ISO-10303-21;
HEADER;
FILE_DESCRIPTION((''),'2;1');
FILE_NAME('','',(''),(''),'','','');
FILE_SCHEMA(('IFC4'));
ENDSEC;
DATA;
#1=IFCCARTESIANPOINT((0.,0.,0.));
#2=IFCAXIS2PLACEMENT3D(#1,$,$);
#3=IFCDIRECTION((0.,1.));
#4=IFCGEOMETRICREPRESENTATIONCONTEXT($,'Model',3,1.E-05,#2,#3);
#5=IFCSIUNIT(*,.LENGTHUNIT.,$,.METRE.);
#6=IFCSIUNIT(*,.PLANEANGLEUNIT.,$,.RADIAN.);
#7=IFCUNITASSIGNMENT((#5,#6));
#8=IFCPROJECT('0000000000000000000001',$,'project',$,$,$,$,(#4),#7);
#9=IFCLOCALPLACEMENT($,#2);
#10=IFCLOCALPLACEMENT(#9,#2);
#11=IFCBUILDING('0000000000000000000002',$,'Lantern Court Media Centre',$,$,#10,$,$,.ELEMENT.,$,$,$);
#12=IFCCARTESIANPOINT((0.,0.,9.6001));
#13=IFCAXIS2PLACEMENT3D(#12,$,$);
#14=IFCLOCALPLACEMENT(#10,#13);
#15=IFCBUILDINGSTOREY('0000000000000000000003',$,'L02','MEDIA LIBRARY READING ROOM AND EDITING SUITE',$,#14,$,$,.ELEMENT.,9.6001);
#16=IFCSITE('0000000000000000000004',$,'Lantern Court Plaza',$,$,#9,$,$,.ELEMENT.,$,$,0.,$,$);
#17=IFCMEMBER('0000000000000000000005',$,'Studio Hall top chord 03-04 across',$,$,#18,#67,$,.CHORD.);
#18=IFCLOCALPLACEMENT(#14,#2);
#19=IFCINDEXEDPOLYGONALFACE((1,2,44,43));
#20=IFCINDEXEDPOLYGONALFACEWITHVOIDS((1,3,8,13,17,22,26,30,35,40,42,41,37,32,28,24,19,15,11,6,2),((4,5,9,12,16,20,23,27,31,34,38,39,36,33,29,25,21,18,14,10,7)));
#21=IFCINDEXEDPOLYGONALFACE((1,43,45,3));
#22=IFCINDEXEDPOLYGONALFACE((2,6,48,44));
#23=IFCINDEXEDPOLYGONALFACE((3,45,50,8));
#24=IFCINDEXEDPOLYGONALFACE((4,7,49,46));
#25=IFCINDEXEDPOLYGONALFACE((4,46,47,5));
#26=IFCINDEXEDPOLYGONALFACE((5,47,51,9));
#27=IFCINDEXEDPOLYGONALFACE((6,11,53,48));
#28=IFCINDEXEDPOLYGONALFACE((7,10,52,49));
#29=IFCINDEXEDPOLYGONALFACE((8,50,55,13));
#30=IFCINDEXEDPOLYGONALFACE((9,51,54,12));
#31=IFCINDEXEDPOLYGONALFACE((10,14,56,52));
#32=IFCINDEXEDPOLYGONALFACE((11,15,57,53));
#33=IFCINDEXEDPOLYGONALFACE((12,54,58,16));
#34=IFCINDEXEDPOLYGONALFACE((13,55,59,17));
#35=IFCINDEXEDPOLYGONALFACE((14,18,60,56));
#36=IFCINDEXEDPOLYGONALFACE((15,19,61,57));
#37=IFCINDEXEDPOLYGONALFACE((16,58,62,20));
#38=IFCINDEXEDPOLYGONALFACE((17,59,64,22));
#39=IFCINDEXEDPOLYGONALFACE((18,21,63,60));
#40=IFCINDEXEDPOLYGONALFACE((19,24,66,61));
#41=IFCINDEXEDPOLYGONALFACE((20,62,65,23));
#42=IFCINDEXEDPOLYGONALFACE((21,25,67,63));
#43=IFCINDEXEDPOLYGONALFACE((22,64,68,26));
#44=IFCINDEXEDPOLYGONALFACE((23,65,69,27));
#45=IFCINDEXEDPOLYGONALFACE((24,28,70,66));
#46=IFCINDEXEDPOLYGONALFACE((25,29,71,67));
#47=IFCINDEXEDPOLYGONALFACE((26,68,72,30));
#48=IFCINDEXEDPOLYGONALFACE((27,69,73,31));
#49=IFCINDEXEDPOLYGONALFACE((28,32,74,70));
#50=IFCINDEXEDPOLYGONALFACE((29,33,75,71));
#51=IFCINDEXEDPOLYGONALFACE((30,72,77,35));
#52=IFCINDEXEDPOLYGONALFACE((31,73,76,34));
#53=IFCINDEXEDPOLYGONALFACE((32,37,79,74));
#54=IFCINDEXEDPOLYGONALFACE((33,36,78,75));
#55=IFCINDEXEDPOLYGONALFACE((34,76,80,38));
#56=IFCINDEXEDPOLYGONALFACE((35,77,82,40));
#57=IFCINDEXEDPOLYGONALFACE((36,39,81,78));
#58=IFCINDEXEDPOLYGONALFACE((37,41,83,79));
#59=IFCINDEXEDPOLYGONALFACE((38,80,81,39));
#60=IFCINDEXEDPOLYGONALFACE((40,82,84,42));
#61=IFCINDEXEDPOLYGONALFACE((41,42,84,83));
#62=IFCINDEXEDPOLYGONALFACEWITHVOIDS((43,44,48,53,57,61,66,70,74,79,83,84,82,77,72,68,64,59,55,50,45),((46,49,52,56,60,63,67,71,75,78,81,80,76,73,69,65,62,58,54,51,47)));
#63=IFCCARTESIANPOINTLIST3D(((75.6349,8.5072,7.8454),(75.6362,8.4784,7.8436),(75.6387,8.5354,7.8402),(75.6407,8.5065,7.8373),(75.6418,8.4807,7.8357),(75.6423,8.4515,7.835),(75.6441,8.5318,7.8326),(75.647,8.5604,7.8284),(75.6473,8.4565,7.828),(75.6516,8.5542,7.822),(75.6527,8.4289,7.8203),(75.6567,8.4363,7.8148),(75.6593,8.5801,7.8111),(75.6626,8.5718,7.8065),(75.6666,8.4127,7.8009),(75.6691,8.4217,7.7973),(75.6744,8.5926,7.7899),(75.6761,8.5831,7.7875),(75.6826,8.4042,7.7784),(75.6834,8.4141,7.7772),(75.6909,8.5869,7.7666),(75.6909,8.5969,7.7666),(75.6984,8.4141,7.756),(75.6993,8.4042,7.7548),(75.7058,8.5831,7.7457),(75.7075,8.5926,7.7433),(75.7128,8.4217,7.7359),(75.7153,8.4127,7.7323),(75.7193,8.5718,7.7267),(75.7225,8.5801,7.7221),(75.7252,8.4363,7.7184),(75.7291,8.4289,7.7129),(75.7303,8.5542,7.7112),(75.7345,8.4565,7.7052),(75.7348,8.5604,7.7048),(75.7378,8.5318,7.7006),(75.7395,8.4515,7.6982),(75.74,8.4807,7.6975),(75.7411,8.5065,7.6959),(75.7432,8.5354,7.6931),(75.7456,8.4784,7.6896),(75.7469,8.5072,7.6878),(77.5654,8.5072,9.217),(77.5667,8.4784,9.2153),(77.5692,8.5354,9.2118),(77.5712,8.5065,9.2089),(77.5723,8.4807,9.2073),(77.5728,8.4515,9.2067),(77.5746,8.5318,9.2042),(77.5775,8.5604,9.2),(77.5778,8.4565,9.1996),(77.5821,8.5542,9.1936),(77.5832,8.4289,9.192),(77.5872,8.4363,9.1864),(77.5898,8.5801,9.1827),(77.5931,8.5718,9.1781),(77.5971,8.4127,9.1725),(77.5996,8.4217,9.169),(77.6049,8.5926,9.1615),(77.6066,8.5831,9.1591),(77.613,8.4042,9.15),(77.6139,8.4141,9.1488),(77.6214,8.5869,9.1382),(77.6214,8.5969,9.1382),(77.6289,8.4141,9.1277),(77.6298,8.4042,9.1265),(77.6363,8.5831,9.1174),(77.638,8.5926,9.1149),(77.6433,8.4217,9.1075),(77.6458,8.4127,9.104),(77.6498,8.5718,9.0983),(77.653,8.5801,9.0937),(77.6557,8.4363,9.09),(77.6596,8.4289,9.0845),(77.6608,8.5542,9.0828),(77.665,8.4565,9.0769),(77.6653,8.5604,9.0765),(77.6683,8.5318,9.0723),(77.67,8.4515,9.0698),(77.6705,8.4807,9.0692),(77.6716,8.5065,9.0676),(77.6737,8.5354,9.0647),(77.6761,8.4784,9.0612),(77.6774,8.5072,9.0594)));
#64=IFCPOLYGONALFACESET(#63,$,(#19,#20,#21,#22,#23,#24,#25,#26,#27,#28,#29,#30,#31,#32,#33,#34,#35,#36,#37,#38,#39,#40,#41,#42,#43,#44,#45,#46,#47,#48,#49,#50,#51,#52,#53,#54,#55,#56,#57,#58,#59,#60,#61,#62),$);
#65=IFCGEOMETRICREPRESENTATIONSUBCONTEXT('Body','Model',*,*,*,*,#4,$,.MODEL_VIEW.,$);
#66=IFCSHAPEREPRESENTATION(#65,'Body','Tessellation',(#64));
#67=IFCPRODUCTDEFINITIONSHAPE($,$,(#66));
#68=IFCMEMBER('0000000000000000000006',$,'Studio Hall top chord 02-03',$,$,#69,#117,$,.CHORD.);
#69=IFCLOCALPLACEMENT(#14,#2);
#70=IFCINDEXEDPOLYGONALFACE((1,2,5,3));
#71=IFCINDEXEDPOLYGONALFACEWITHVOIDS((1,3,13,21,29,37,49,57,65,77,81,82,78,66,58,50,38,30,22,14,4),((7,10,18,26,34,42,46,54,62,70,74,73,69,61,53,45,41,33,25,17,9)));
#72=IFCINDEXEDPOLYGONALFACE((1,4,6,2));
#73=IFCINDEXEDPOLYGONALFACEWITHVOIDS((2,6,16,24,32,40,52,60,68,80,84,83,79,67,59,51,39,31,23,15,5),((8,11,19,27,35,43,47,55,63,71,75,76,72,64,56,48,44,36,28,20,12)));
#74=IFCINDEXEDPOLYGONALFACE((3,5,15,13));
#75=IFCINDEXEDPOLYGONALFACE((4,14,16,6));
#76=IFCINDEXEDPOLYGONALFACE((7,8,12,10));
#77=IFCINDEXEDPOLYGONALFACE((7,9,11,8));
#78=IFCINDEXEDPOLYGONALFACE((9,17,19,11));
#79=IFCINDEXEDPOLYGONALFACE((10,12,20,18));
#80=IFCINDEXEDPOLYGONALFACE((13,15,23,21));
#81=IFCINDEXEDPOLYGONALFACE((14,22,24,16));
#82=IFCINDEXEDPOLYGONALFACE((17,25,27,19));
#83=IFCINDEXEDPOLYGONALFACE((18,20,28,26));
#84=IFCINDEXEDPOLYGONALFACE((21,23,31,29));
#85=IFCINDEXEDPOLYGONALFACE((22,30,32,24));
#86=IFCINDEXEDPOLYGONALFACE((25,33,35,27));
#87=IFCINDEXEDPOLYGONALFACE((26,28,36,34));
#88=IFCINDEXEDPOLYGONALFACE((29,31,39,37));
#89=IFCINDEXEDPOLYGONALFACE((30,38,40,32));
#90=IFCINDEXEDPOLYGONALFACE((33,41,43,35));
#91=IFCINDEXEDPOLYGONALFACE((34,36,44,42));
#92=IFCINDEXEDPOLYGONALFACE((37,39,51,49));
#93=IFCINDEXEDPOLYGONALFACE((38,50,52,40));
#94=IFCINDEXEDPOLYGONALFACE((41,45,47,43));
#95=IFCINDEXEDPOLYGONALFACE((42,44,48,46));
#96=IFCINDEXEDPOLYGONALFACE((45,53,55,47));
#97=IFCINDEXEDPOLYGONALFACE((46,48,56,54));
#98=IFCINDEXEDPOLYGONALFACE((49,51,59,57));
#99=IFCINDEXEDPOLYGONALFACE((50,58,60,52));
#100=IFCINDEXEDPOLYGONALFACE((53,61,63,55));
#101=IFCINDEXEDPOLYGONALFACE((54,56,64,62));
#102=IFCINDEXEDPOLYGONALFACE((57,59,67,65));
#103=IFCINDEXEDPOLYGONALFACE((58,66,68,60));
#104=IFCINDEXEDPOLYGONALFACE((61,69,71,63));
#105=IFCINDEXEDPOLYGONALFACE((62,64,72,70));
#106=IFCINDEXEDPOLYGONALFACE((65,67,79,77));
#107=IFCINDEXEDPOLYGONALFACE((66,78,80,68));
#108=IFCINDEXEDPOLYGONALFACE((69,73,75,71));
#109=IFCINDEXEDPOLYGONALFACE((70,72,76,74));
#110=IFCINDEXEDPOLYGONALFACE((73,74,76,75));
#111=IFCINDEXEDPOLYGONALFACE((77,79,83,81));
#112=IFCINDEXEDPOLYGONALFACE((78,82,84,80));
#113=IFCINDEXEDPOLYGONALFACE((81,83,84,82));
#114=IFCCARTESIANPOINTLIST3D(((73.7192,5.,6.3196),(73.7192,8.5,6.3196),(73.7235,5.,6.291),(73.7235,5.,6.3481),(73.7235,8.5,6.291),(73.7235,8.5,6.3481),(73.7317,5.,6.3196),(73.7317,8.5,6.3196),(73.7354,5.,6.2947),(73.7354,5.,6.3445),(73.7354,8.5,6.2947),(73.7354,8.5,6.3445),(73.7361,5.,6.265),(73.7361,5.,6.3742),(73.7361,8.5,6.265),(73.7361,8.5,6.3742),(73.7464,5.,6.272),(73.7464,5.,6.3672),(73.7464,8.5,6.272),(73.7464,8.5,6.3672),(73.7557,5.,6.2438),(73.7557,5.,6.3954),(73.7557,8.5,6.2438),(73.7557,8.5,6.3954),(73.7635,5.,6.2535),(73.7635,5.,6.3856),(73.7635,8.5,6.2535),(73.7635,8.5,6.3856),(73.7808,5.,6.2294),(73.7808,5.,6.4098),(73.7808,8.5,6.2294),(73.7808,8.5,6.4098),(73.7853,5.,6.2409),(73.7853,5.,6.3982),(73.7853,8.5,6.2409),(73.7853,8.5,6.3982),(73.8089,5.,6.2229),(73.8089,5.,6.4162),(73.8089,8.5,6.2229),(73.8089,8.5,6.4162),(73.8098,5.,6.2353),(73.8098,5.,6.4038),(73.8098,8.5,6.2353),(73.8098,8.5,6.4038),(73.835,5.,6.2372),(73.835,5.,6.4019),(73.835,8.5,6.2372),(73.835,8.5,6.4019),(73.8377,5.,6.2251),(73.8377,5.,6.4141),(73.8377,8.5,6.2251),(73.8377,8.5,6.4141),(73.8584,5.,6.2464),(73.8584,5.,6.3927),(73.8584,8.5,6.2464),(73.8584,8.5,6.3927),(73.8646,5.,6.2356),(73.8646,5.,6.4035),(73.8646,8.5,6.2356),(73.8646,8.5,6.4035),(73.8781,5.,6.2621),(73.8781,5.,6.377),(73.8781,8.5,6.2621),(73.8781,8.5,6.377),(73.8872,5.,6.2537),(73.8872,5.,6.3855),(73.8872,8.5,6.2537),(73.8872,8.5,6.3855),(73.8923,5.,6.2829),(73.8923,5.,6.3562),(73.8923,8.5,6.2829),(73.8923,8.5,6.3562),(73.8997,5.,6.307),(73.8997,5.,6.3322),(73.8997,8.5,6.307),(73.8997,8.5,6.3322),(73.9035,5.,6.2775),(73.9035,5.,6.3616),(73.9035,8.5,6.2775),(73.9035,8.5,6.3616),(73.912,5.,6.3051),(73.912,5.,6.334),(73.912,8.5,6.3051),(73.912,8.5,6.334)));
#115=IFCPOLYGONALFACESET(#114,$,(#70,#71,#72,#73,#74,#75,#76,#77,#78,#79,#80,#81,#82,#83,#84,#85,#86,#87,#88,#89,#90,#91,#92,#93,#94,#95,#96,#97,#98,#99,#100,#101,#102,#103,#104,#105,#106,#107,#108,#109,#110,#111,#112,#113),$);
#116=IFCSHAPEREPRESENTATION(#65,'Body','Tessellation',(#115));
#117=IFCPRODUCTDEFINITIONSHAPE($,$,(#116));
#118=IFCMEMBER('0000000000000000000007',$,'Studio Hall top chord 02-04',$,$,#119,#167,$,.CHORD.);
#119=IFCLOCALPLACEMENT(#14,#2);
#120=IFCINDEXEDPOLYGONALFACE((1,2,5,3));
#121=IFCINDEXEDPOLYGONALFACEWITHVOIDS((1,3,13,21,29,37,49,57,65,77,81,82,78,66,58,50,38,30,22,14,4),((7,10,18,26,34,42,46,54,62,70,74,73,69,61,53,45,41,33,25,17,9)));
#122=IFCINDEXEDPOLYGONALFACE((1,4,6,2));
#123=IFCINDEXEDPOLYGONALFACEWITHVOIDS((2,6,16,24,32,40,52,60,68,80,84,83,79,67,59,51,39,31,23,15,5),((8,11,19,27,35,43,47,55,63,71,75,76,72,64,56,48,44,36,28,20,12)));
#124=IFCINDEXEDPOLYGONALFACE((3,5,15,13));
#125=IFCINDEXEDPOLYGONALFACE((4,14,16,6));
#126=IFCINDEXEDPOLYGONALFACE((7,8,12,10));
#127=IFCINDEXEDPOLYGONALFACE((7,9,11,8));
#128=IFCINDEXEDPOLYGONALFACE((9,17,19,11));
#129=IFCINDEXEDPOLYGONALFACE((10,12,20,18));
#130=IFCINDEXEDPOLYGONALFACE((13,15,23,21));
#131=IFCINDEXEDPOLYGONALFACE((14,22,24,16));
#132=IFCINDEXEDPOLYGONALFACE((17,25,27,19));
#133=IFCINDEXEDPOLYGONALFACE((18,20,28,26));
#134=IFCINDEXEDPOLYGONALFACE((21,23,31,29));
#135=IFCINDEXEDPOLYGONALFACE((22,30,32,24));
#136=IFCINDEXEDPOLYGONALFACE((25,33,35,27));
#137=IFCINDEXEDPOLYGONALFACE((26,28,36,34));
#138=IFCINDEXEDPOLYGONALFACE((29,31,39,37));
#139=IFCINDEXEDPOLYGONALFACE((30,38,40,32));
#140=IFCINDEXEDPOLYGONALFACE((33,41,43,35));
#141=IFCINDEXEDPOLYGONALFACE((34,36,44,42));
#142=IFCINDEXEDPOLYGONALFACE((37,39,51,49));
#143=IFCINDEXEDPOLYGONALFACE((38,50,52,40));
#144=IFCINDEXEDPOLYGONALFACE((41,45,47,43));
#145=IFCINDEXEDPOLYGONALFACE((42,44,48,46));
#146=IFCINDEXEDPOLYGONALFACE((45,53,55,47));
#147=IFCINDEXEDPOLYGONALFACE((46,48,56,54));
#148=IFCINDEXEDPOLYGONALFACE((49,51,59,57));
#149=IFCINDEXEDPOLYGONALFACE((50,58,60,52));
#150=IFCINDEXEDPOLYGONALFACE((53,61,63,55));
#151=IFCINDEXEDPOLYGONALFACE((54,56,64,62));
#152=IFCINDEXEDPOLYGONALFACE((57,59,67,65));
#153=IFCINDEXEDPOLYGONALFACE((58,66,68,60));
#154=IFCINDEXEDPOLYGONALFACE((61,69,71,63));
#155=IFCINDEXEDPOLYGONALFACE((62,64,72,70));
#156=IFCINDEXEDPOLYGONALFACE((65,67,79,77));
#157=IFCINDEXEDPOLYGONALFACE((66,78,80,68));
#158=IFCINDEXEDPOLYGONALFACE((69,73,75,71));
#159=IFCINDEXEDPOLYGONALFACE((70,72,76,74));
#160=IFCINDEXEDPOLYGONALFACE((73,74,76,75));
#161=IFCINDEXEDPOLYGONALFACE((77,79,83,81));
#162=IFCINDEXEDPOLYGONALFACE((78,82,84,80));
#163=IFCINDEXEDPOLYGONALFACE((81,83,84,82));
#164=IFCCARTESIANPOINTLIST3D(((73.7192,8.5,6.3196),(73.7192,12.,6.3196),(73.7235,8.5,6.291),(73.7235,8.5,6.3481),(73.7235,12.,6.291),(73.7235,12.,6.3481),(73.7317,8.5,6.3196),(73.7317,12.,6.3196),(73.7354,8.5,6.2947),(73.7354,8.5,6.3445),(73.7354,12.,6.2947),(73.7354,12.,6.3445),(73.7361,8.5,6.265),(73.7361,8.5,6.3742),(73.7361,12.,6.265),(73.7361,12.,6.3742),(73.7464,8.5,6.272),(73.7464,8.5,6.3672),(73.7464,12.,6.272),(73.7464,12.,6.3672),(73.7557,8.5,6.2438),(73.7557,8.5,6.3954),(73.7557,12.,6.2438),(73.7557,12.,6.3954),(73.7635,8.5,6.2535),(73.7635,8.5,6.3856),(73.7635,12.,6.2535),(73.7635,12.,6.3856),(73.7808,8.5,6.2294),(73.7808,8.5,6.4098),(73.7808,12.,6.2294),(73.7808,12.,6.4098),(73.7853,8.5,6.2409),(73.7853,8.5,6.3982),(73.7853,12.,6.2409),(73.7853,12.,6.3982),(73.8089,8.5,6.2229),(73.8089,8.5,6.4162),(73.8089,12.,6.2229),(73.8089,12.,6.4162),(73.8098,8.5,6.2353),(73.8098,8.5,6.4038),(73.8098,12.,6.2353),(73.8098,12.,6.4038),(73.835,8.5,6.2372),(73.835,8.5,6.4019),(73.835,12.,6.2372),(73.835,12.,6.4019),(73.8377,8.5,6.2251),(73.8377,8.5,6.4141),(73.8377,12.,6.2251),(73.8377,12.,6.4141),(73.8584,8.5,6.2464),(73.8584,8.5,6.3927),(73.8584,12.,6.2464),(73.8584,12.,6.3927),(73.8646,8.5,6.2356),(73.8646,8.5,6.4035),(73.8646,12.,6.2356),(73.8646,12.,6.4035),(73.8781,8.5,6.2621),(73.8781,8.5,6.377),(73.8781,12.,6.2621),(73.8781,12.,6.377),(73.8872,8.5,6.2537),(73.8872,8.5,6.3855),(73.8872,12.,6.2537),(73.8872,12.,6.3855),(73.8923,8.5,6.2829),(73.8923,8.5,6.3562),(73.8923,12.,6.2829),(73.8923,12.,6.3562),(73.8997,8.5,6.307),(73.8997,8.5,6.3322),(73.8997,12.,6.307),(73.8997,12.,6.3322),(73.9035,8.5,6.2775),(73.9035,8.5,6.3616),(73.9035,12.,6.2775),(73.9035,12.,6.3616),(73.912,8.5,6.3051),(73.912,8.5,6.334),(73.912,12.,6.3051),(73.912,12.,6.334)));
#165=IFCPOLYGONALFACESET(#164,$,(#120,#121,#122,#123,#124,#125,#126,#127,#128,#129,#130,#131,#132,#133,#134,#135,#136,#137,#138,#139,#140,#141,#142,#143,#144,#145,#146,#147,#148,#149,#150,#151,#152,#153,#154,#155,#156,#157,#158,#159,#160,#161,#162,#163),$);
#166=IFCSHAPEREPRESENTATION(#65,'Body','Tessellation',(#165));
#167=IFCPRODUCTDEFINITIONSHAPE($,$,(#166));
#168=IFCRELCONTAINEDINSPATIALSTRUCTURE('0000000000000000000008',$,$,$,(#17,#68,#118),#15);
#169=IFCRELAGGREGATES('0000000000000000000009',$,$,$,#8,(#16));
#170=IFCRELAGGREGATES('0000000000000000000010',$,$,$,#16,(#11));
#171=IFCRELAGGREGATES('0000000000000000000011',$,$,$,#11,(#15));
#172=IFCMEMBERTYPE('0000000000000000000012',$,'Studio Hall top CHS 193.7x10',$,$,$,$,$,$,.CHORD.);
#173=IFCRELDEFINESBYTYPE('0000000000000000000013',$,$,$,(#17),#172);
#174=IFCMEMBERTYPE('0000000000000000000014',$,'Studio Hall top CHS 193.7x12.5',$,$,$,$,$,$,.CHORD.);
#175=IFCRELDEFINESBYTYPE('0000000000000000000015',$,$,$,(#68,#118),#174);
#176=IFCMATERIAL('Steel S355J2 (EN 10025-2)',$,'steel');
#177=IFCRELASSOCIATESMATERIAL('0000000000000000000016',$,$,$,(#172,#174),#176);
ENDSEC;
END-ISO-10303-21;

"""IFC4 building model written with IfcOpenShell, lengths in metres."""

from ifc_helpers import new_model, si_unit, direction, frame, origin, origin_2d, place, context, subcontext, project, spatial, hollow_circle, extrude, material, material_profile, profile_set, type_object, element, save


model = new_model("IFC4")

# Units and contexts
model_context = context("Model", 3, precision=1e-05, world=origin(), true_north=direction((0.0, 1.0)))
body_context = subcontext(model_context, "Body", "Model", "MODEL_VIEW")
ifc_project = project(units=[si_unit("LENGTHUNIT", "METRE"), si_unit("PLANEANGLEUNIT", "RADIAN")], contexts=[model_context])

# Site, building, storey
site_placement = place(None, origin())
site = spatial("IfcSite", under=ifc_project, at=site_placement, Name="Lantern Court Plaza", CompositionType="ELEMENT", RefElevation=0.0)
building_placement = place(site_placement, origin())
building = spatial("IfcBuilding", under=site, at=building_placement, Name="Lantern Court Media Centre", CompositionType="ELEMENT")
storey_placement = place(building_placement, frame((0.0, 0.0, 9.6001)))
storey = spatial("IfcBuildingStorey", under=building, at=storey_placement, Name="L02", Description="MEDIA LIBRARY READING ROOM AND EDITING SUITE", CompositionType="ELEMENT", Elevation=9.6001)

# Members
ifc_material = material(Name="Steel S355J2 (EN 10025-2)", Category="steel")
ifc_material_profile_1 = material_profile(ifc_material, hollow_circle(Radius=0.0969, WallThickness=0.01, at=origin_2d()), Name="Studio Hall top CHS 193.7x10")
ifc_profile_set_1 = profile_set([ifc_material_profile_1], Name="Steel S355J2 (EN 10025-2)")
member_type_1 = type_object("IfcMemberType", Name="Studio Hall top CHS 193.7x10", PredefinedType="CHORD", material=ifc_profile_set_1)
for number, where, z_axis, x_axis, name in (
    (1, (75.6909, 8.5, 7.7666), (0.815187, 0.0, 0.579198), (0.0, 1.0, 0.0), "Studio Hall top chord 03-04 across"),
):
    element("IfcMember", number, at=place(storey_placement, frame(where, z_axis=z_axis, x_axis=x_axis)), inside=storey, type_object=member_type_1, Name=name, PredefinedType="CHORD", context=body_context, shape_type="SweptSolid", body=[
        extrude(hollow_circle(Radius=0.0969, WallThickness=0.01, at=origin_2d()), origin(), (0.0, 0.0, 1.0), 2.3682),
    ])
ifc_material_profile_2 = material_profile(ifc_material, hollow_circle(Radius=0.0969, WallThickness=0.0125, at=origin_2d()), Name="Studio Hall top CHS 193.7x12.5")
ifc_profile_set_2 = profile_set([ifc_material_profile_2], Name="Steel S355J2 (EN 10025-2)")
member_type_2 = type_object("IfcMemberType", Name="Studio Hall top CHS 193.7x12.5", PredefinedType="CHORD", material=ifc_profile_set_2)
for number, where, z_axis, x_axis, name in (
    (2, (73.8162, 5.0, 6.3196), (0.0, 1.0, 0.0), (-1.0, 0.0, 0.0), "Studio Hall top chord 02-03"),
    (3, (73.8162, 8.5, 6.3196), (0.0, 1.0, 0.0), (-1.0, 0.0, 0.0), "Studio Hall top chord 02-04"),
):
    element("IfcMember", number, at=place(storey_placement, frame(where, z_axis=z_axis, x_axis=x_axis)), inside=storey, type_object=member_type_2, Name=name, PredefinedType="CHORD", context=body_context, shape_type="SweptSolid", body=[
        extrude(hollow_circle(Radius=0.0969, WallThickness=0.0125, at=origin_2d()), origin(), (0.0, 0.0, 1.0), 3.5),
    ])

save(model, "model.ifc")
